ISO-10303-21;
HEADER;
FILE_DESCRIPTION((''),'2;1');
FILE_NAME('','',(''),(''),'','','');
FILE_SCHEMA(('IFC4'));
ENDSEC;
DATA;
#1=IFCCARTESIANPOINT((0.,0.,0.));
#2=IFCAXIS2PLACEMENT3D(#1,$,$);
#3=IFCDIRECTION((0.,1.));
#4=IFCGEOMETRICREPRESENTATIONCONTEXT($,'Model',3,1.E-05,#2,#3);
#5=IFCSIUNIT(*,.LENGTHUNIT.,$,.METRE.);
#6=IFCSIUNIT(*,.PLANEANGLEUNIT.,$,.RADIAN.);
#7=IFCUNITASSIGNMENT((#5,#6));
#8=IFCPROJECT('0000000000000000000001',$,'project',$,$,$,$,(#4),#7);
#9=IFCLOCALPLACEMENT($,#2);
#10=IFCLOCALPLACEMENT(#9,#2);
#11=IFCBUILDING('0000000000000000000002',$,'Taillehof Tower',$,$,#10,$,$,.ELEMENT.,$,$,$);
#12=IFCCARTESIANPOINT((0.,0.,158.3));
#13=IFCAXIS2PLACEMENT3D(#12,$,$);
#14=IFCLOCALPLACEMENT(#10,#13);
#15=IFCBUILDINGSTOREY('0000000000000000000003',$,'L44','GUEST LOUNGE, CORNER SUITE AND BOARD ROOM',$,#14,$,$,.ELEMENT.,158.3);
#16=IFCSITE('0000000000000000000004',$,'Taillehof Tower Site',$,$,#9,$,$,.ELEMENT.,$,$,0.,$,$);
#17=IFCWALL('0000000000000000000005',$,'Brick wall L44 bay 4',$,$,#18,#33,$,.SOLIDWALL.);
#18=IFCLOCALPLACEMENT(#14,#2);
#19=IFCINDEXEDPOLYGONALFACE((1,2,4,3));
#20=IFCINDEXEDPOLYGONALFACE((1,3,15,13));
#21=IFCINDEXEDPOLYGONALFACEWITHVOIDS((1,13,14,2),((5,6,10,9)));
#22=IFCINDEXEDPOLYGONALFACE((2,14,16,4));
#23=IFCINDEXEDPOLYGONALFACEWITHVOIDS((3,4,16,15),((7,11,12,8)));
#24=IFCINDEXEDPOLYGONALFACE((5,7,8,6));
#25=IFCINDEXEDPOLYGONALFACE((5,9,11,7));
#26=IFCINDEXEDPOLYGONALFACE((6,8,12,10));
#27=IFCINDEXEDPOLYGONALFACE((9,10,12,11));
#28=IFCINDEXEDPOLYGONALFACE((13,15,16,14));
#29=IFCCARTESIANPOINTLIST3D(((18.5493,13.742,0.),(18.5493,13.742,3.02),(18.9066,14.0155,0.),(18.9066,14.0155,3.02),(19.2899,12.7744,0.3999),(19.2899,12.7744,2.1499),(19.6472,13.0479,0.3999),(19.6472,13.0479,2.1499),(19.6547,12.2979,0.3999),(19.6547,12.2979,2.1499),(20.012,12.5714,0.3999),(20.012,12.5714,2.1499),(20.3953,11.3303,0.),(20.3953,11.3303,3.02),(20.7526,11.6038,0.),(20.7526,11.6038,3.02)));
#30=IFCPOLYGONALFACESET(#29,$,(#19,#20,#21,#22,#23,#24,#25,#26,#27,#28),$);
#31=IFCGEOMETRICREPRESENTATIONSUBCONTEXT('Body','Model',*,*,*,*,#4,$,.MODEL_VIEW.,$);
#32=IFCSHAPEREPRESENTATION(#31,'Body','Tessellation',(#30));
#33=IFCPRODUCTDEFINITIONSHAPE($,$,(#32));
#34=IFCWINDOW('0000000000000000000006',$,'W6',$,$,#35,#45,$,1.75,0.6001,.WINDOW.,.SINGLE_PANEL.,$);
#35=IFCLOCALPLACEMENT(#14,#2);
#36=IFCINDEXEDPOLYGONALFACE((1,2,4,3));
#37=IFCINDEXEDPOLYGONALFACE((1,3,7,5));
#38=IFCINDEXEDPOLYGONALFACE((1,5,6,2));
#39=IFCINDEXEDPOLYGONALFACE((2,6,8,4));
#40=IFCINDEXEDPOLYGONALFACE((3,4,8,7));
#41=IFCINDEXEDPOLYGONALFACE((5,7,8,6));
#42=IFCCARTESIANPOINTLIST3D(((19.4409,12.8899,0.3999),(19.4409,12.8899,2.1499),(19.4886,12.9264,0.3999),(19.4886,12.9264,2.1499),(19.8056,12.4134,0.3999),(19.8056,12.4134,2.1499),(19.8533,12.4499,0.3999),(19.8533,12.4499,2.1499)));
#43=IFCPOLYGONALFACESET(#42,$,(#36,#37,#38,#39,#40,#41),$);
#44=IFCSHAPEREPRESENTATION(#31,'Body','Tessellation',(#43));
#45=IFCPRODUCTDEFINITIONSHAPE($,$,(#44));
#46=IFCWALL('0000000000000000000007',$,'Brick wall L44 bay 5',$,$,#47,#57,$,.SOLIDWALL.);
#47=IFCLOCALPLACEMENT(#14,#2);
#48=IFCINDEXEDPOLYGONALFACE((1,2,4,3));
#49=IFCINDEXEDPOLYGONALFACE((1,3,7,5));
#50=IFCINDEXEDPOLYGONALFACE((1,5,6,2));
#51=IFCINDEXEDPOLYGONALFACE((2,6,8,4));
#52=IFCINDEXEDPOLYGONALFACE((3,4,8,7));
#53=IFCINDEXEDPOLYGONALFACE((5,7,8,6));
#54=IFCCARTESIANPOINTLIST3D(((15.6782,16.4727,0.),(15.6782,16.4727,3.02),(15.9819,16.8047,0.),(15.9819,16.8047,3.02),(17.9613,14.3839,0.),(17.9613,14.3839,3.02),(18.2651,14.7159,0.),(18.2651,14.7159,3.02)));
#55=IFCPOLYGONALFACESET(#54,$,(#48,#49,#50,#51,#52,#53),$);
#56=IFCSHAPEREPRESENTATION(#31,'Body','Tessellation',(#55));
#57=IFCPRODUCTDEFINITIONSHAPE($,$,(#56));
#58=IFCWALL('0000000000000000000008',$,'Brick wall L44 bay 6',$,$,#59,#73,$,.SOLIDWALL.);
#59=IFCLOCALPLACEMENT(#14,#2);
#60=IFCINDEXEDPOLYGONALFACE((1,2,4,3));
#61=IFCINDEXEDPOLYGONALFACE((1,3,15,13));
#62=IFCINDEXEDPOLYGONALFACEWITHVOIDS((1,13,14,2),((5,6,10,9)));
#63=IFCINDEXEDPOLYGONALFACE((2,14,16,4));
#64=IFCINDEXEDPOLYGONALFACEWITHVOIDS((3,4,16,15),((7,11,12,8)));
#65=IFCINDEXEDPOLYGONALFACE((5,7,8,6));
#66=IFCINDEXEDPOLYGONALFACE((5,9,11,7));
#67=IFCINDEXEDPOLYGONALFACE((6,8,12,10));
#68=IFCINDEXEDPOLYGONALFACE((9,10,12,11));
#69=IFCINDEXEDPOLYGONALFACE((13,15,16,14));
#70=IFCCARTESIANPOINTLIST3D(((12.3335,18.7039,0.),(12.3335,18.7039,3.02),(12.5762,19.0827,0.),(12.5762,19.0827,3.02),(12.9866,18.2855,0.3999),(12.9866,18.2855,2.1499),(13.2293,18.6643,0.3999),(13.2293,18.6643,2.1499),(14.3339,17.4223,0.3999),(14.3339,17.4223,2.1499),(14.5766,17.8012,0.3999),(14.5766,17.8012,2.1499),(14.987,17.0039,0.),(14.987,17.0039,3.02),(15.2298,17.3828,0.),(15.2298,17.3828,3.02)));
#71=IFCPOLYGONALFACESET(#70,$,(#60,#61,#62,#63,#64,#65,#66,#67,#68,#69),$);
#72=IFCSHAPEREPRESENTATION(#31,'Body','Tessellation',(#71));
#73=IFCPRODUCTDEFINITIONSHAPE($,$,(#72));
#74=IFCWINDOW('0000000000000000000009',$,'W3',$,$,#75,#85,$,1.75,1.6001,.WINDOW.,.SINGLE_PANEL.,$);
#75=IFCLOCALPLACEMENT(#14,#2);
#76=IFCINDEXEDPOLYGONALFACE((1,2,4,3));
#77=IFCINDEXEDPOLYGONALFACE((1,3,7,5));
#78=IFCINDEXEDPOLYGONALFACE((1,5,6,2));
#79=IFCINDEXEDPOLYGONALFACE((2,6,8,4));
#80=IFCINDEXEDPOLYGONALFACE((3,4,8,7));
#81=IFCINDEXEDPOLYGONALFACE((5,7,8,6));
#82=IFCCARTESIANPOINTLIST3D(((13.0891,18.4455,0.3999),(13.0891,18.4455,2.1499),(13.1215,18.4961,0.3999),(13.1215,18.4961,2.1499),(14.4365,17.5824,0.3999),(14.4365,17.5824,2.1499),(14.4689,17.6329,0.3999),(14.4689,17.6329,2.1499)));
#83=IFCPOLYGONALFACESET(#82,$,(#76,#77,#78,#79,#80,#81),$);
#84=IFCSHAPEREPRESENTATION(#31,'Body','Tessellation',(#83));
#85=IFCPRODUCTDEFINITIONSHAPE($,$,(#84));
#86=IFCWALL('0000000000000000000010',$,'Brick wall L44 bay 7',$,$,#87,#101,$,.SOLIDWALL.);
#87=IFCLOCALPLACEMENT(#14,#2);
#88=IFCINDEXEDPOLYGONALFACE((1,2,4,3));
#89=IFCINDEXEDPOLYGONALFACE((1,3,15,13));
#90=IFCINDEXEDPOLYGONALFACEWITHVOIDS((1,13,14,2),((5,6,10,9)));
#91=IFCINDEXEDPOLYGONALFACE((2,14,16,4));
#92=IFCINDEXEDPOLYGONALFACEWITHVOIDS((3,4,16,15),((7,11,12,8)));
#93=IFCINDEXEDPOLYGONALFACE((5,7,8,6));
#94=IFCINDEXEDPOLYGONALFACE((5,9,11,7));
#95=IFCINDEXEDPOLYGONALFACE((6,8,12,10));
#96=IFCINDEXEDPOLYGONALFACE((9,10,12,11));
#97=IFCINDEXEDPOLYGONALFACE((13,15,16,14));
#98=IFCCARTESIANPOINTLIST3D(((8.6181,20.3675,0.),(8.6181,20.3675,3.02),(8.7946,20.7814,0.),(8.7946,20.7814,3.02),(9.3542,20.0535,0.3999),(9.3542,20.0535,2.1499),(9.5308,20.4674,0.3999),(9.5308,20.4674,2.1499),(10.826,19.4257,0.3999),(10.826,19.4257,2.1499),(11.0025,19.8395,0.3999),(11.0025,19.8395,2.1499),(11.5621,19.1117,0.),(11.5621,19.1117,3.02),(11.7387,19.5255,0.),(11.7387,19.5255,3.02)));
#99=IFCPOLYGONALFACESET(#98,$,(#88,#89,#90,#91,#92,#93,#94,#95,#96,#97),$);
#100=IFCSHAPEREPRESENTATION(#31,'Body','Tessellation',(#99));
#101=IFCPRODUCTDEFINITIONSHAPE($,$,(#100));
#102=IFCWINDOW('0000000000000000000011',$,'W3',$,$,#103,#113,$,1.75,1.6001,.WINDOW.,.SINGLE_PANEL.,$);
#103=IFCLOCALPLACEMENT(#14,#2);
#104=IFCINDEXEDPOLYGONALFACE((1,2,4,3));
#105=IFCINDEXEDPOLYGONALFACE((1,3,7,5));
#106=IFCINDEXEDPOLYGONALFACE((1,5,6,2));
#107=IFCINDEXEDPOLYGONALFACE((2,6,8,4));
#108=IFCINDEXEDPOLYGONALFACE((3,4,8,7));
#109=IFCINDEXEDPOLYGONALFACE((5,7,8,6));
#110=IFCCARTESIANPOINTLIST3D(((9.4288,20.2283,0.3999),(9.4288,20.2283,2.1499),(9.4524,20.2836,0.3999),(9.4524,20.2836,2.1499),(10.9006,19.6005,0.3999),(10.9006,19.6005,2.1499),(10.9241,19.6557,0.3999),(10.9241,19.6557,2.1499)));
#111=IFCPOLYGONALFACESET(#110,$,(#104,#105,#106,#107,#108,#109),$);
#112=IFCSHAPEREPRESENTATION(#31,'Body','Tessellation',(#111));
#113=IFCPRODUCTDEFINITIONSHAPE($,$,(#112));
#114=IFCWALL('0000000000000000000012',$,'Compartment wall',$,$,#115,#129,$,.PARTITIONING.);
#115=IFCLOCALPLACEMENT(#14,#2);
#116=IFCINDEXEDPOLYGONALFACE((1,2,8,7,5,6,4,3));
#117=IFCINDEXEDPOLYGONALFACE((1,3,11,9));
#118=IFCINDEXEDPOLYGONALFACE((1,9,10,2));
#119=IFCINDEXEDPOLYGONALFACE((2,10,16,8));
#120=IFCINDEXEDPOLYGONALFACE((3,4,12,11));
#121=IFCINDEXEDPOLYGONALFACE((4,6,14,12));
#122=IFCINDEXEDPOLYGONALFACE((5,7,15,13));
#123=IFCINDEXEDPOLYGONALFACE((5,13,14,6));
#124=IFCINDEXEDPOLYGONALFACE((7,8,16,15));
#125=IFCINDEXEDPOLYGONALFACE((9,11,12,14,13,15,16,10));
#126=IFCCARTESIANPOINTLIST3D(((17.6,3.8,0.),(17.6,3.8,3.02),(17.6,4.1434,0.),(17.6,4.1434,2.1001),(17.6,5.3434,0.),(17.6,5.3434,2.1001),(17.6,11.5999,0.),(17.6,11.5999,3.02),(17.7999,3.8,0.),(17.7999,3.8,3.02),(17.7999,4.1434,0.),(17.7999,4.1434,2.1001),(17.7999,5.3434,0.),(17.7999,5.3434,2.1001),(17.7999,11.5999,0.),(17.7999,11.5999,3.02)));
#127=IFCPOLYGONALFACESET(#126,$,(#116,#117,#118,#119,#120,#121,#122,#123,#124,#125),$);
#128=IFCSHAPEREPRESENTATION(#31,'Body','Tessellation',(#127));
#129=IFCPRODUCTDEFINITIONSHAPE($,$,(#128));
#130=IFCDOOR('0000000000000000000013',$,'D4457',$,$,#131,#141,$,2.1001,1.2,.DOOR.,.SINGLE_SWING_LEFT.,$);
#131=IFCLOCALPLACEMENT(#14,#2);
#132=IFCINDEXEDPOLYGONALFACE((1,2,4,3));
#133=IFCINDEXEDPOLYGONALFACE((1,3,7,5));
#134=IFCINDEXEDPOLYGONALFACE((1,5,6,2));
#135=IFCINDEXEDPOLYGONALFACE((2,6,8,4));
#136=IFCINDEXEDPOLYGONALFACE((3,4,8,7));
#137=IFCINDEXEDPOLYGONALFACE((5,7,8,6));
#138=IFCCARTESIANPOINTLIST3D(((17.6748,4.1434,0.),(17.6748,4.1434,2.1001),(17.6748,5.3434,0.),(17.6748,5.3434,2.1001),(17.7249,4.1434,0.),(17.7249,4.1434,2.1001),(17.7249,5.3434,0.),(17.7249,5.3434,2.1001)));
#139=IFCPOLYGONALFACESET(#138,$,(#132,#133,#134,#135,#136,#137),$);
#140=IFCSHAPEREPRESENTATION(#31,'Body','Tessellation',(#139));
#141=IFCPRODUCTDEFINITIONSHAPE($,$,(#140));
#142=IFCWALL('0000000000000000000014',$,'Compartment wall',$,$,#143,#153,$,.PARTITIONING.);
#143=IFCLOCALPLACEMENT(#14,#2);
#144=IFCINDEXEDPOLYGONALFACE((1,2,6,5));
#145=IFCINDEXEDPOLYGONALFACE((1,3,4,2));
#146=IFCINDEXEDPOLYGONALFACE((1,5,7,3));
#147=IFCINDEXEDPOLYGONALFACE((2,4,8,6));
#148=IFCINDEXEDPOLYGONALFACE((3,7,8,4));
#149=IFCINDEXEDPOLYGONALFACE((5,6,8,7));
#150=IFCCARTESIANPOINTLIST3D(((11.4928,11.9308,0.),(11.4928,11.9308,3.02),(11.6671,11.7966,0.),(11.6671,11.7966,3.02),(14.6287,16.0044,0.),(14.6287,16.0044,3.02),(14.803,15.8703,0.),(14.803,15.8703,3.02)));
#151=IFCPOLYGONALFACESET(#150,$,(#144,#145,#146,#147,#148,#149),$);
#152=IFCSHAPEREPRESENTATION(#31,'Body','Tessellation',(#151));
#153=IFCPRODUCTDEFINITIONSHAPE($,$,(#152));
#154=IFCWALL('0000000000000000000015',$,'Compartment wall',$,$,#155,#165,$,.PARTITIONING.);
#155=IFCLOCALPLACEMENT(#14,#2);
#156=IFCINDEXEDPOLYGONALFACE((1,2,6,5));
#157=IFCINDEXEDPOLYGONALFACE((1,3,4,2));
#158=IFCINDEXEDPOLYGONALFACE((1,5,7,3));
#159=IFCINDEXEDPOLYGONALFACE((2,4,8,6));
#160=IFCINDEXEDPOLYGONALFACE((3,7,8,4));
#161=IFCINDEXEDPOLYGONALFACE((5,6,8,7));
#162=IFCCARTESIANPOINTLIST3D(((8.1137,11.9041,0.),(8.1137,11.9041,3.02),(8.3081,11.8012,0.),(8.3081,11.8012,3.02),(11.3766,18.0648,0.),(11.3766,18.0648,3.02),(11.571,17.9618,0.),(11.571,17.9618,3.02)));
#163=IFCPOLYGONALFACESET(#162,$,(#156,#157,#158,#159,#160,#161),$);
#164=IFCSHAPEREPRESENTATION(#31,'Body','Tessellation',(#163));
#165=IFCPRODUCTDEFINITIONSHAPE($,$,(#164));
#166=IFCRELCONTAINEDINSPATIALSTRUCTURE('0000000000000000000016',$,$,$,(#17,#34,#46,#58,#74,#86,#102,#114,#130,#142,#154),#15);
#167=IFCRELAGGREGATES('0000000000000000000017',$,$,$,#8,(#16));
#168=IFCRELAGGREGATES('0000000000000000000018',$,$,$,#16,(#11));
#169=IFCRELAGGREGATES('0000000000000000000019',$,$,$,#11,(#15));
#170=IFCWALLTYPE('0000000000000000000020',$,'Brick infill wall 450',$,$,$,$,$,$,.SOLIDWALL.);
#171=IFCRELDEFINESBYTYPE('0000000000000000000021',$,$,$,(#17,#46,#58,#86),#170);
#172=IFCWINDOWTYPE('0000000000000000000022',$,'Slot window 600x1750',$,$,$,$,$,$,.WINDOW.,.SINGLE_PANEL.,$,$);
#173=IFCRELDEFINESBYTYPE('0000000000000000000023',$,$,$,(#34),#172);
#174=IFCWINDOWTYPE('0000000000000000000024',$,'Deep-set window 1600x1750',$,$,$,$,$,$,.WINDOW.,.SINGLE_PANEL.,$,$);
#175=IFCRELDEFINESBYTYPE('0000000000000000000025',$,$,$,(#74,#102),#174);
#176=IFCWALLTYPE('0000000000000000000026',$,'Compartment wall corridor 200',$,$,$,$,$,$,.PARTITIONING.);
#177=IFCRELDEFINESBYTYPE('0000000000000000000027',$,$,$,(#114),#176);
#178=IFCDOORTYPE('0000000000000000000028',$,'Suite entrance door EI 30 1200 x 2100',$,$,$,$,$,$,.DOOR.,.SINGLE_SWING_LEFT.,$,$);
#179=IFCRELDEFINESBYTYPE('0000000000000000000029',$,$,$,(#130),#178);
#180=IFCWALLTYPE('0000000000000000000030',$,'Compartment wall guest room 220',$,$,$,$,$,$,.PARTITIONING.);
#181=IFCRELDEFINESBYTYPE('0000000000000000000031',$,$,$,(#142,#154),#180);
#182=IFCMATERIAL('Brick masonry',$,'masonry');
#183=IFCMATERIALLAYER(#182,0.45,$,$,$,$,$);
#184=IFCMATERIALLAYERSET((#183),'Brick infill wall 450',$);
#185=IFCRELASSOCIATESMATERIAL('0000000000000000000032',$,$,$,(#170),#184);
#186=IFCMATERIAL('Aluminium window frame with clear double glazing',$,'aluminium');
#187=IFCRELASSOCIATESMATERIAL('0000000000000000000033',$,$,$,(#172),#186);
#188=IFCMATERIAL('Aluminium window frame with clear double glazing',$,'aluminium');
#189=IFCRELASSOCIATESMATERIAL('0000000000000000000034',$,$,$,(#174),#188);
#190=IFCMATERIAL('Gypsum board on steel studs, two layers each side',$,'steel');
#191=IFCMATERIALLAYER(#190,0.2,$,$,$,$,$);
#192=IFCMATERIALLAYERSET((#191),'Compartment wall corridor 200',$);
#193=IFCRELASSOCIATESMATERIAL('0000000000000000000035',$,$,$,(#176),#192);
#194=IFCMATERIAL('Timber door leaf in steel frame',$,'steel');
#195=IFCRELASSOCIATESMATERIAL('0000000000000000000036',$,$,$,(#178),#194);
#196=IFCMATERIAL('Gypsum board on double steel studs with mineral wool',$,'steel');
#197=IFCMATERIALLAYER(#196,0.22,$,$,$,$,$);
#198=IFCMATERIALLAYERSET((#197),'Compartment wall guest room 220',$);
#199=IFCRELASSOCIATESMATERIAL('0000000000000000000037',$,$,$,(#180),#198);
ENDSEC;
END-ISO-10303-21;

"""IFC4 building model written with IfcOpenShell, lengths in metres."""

from ifc_helpers import new_model, si_unit, direction, frame, frame_2d, origin, place, context, subcontext, project, spatial, rectangle, extrude, material, layer, layer_set, type_object, element, fill, save


model = new_model("IFC4")

# Units and contexts
model_context = context("Model", 3, precision=1e-05, world=origin(), true_north=direction((0.0, 1.0)))
body_context = subcontext(model_context, "Body", "Model", "MODEL_VIEW")
ifc_project = project(units=[si_unit("LENGTHUNIT", "METRE"), si_unit("PLANEANGLEUNIT", "RADIAN")], contexts=[model_context])

# Site, building, storey
site_placement = place(None, origin())
site = spatial("IfcSite", under=ifc_project, at=site_placement, Name="Taillehof Tower Site", CompositionType="ELEMENT", RefElevation=0.0)
building_placement = place(site_placement, origin())
building = spatial("IfcBuilding", under=site, at=building_placement, Name="Taillehof Tower", CompositionType="ELEMENT")
storey_placement = place(building_placement, frame((0.0, 0.0, 158.3)))
storey = spatial("IfcBuildingStorey", under=building, at=storey_placement, Name="L44", Description="GUEST LOUNGE, CORNER SUITE AND BOARD ROOM", CompositionType="ELEMENT", Elevation=158.3)

# Wall, opening, window
ifc_material_1 = material(Name="Brick masonry", Category="masonry")
ifc_layer_1 = layer(ifc_material_1, 0.45)
ifc_layer_set_1 = layer_set([ifc_layer_1], Name="Brick infill wall 450")
wall_type_1 = type_object("IfcWallType", Name="Brick infill wall 450", PredefinedType="SOLIDWALL", material=ifc_layer_set_1)
wall_1_placement = place(storey_placement, frame((20.574, 11.467, 0.0), z_axis=(0.0, 0.0, 1.0), x_axis=(-0.607817, 0.794077, 0.0)))
wall_1 = element("IfcWall", 1, at=wall_1_placement, inside=storey, type_object=wall_type_1, Name="Brick wall L44 bay 4", PredefinedType="SOLIDWALL", context=body_context, shape_type="SweptSolid", body=[
    extrude(rectangle(XDim=3.0371, YDim=0.45, at=frame_2d((1.5186, 0.0))), origin(), (0.0, 0.0, 1.0), 3.02),
])
opening_1_placement = place(wall_1_placement, frame((1.2185, 0.0, 0.3999)))
opening_1 = element("IfcOpeningElement", 2, at=opening_1_placement, cuts=wall_1, PredefinedType="OPENING", context=body_context, shape_type="SweptSolid", body=[
    extrude(rectangle(XDim=0.6001, YDim=1.75, at=frame_2d((0.3, 0.875))), frame((0.0, 0.2349, 0.0), z_axis=(0.0, -1.0, 0.0), x_axis=(1.0, 0.0, 0.0)), (0.0, 0.0, 1.0), 0.47),
])
ifc_material_2 = material(Name="Aluminium window frame with clear double glazing", Category="aluminium")
window_type_1 = type_object("IfcWindowType", Name="Slot window 600x1750", PartitioningType="SINGLE_PANEL", PredefinedType="WINDOW", material=ifc_material_2)
window_1_placement = place(opening_1_placement, origin())
window_1 = element("IfcWindow", 3, at=window_1_placement, inside=storey, type_object=window_type_1, Name="W6", OverallHeight=1.75, OverallWidth=0.6001, PartitioningType="SINGLE_PANEL", PredefinedType="WINDOW", context=body_context, shape_type="SweptSolid", body=[
    extrude(rectangle(XDim=0.6001, YDim=1.75, at=frame_2d((0.3, 0.875))), frame((0.0, 0.0349, 0.0), z_axis=(0.0, -1.0, 0.0), x_axis=(1.0, 0.0, 0.0)), (0.0, 0.0, 1.0), 0.0601),
])
fill(opening_1, window_1)

# Wall
wall_2_placement = place(storey_placement, frame((18.1133, 14.5498, 0.0), z_axis=(0.0, 0.0, 1.0), x_axis=(-0.737809, 0.67501, 0.0)))
element("IfcWall", 4, at=wall_2_placement, inside=storey, type_object=wall_type_1, Name="Brick wall L44 bay 5", PredefinedType="SOLIDWALL", context=body_context, shape_type="SweptSolid", body=[
    extrude(rectangle(XDim=3.0945, YDim=0.45, at=frame_2d((1.5474, 0.0))), origin(), (0.0, 0.0, 1.0), 3.02),
])

# Walls, openings, windows
wall_3_placement = place(storey_placement, frame((15.1084, 17.1934, 0.0), z_axis=(0.0, 0.0, 1.0), x_axis=(-0.842031, 0.53943, 0.0)))
wall_3 = element("IfcWall", 5, at=wall_3_placement, inside=storey, type_object=wall_type_1, Name="Brick wall L44 bay 6", PredefinedType="SOLIDWALL", context=body_context, shape_type="SweptSolid", body=[
    extrude(rectangle(XDim=3.1514, YDim=0.45, at=frame_2d((1.5757, 0.0))), origin(), (0.0, 0.0, 1.0), 3.02),
])
opening_2_placement = place(wall_3_placement, frame((0.7756, 0.0, 0.3999)))
opening_2 = element("IfcOpeningElement", 6, at=opening_2_placement, cuts=wall_3, PredefinedType="OPENING", context=body_context, shape_type="SweptSolid", body=[
    extrude(rectangle(XDim=1.6001, YDim=1.75, at=frame_2d((0.8, 0.875))), frame((0.0, 0.2349, 0.0), z_axis=(0.0, -1.0, 0.0), x_axis=(1.0, 0.0, 0.0)), (0.0, 0.0, 1.0), 0.47),
])
ifc_material_3 = material(Name="Aluminium window frame with clear double glazing", Category="aluminium")
window_type_2 = type_object("IfcWindowType", Name="Deep-set window 1600x1750", PartitioningType="SINGLE_PANEL", PredefinedType="WINDOW", material=ifc_material_3)
window_2_placement = place(opening_2_placement, origin())
window_2 = element("IfcWindow", 7, at=window_2_placement, inside=storey, type_object=window_type_2, Name="W3", OverallHeight=1.75, OverallWidth=1.6001, PartitioningType="SINGLE_PANEL", PredefinedType="WINDOW", context=body_context, shape_type="SweptSolid", body=[
    extrude(rectangle(XDim=1.6001, YDim=1.75, at=frame_2d((0.8, 0.875))), frame((0.0, 0.0349, 0.0), z_axis=(0.0, -1.0, 0.0), x_axis=(1.0, 0.0, 0.0)), (0.0, 0.0, 1.0), 0.0601),
])
fill(opening_2, window_2)
wall_4_placement = place(storey_placement, frame((11.6504, 19.3186, 0.0), z_axis=(0.0, 0.0, 1.0), x_axis=(-0.91981, 0.392363, 0.0)))
wall_4 = element("IfcWall", 8, at=wall_4_placement, inside=storey, type_object=wall_type_1, Name="Brick wall L44 bay 7", PredefinedType="SOLIDWALL", context=body_context, shape_type="SweptSolid", body=[
    extrude(rectangle(XDim=3.2007, YDim=0.45, at=frame_2d((1.6003, 0.0))), origin(), (0.0, 0.0, 1.0), 3.02),
])
opening_3_placement = place(wall_4_placement, frame((0.8003, 0.0, 0.3999)))
opening_3 = element("IfcOpeningElement", 9, at=opening_3_placement, cuts=wall_4, PredefinedType="OPENING", context=body_context, shape_type="SweptSolid", body=[
    extrude(rectangle(XDim=1.6001, YDim=1.75, at=frame_2d((0.8, 0.875))), frame((0.0, 0.2349, 0.0), z_axis=(0.0, -1.0, 0.0), x_axis=(1.0, 0.0, 0.0)), (0.0, 0.0, 1.0), 0.47),
])
window_3_placement = place(opening_3_placement, origin())
window_3 = element("IfcWindow", 10, at=window_3_placement, inside=storey, type_object=window_type_2, Name="W3", OverallHeight=1.75, OverallWidth=1.6001, PartitioningType="SINGLE_PANEL", PredefinedType="WINDOW", context=body_context, shape_type="SweptSolid", body=[
    extrude(rectangle(XDim=1.6001, YDim=1.75, at=frame_2d((0.8, 0.875))), frame((0.0, 0.0349, 0.0), z_axis=(0.0, -1.0, 0.0), x_axis=(1.0, 0.0, 0.0)), (0.0, 0.0, 1.0), 0.0601),
])
fill(opening_3, window_3)

# Wall, opening, door
ifc_material_4 = material(Name="Gypsum board on steel studs, two layers each side", Category="steel")
ifc_layer_2 = layer(ifc_material_4, 0.2)
ifc_layer_set_2 = layer_set([ifc_layer_2], Name="Compartment wall corridor 200")
wall_type_2 = type_object("IfcWallType", Name="Compartment wall corridor 200", PredefinedType="PARTITIONING", material=ifc_layer_set_2)
wall_5_placement = place(storey_placement, frame((17.7, 11.5999, 0.0), z_axis=(0.0, 0.0, 1.0), x_axis=(0.0, -1.0, 0.0)))
wall_5 = element("IfcWall", 11, at=wall_5_placement, inside=storey, type_object=wall_type_2, Name="Compartment wall", PredefinedType="PARTITIONING", context=body_context, shape_type="SweptSolid", body=[
    extrude(rectangle(XDim=7.7998, YDim=0.2, at=frame_2d((3.8999, 0.0))), origin(), (0.0, 0.0, 1.0), 3.02),
])
opening_4_placement = place(wall_5_placement, frame((6.2563, 0.0, 0.0)))
opening_4 = element("IfcOpeningElement", 12, at=opening_4_placement, cuts=wall_5, PredefinedType="OPENING", context=body_context, shape_type="SweptSolid", body=[
    extrude(rectangle(XDim=1.2, YDim=2.1001, at=frame_2d((0.6001, 1.05))), frame((0.0, 0.1099, 0.0), z_axis=(0.0, -1.0, 0.0), x_axis=(1.0, 0.0, 0.0)), (0.0, 0.0, 1.0), 0.22),
])
ifc_material_5 = material(Name="Timber door leaf in steel frame", Category="steel")
door_type = type_object("IfcDoorType", Name="Suite entrance door EI 30 1200 x 2100", OperationType="SINGLE_SWING_LEFT", PredefinedType="DOOR", material=ifc_material_5)
door_placement = place(opening_4_placement, origin())
door = element("IfcDoor", 13, at=door_placement, inside=storey, type_object=door_type, Name="D4457", OperationType="SINGLE_SWING_LEFT", OverallHeight=2.1001, OverallWidth=1.2, PredefinedType="DOOR", context=body_context, shape_type="SweptSolid", body=[
    extrude(rectangle(XDim=1.2, YDim=2.1001, at=frame_2d((0.6001, 1.05))), frame((0.0, 0.0249, 0.0), z_axis=(0.0, -1.0, 0.0), x_axis=(1.0, 0.0, 0.0)), (0.0, 0.0, 1.0), 0.05),
])
fill(opening_4, door)

# Walls
ifc_material_6 = material(Name="Gypsum board on double steel studs with mineral wool", Category="steel")
ifc_layer_3 = layer(ifc_material_6, 0.22)
ifc_layer_set_3 = layer_set([ifc_layer_3], Name="Compartment wall guest room 220")
wall_type_3 = type_object("IfcWallType", Name="Compartment wall guest room 220", PredefinedType="PARTITIONING", material=ifc_layer_set_3)
wall_6_placement = place(storey_placement, frame((14.7158, 15.9373, 0.0), z_axis=(0.0, 0.0, 1.0), x_axis=(-0.609998, -0.792403, 0.0)))
element("IfcWall", 14, at=wall_6_placement, inside=storey, type_object=wall_type_3, Name="Compartment wall", PredefinedType="PARTITIONING", context=body_context, shape_type="SweptSolid", body=[
    extrude(rectangle(XDim=5.1409, YDim=0.22, at=frame_2d((2.5703, 0.0))), origin(), (0.0, 0.0, 1.0), 3.02),
])
wall_7_placement = place(storey_placement, frame((11.4739, 18.0134, 0.0), z_axis=(0.0, 0.0, 1.0), x_axis=(-0.468047, -0.883704, 0.0)))
element("IfcWall", 15, at=wall_7_placement, inside=storey, type_object=wall_type_3, Name="Compartment wall", PredefinedType="PARTITIONING", context=body_context, shape_type="SweptSolid", body=[
    extrude(rectangle(XDim=6.9714, YDim=0.22, at=frame_2d((3.4858, 0.0))), origin(), (0.0, 0.0, 1.0), 3.02),
])

save(model, "model.ifc")
